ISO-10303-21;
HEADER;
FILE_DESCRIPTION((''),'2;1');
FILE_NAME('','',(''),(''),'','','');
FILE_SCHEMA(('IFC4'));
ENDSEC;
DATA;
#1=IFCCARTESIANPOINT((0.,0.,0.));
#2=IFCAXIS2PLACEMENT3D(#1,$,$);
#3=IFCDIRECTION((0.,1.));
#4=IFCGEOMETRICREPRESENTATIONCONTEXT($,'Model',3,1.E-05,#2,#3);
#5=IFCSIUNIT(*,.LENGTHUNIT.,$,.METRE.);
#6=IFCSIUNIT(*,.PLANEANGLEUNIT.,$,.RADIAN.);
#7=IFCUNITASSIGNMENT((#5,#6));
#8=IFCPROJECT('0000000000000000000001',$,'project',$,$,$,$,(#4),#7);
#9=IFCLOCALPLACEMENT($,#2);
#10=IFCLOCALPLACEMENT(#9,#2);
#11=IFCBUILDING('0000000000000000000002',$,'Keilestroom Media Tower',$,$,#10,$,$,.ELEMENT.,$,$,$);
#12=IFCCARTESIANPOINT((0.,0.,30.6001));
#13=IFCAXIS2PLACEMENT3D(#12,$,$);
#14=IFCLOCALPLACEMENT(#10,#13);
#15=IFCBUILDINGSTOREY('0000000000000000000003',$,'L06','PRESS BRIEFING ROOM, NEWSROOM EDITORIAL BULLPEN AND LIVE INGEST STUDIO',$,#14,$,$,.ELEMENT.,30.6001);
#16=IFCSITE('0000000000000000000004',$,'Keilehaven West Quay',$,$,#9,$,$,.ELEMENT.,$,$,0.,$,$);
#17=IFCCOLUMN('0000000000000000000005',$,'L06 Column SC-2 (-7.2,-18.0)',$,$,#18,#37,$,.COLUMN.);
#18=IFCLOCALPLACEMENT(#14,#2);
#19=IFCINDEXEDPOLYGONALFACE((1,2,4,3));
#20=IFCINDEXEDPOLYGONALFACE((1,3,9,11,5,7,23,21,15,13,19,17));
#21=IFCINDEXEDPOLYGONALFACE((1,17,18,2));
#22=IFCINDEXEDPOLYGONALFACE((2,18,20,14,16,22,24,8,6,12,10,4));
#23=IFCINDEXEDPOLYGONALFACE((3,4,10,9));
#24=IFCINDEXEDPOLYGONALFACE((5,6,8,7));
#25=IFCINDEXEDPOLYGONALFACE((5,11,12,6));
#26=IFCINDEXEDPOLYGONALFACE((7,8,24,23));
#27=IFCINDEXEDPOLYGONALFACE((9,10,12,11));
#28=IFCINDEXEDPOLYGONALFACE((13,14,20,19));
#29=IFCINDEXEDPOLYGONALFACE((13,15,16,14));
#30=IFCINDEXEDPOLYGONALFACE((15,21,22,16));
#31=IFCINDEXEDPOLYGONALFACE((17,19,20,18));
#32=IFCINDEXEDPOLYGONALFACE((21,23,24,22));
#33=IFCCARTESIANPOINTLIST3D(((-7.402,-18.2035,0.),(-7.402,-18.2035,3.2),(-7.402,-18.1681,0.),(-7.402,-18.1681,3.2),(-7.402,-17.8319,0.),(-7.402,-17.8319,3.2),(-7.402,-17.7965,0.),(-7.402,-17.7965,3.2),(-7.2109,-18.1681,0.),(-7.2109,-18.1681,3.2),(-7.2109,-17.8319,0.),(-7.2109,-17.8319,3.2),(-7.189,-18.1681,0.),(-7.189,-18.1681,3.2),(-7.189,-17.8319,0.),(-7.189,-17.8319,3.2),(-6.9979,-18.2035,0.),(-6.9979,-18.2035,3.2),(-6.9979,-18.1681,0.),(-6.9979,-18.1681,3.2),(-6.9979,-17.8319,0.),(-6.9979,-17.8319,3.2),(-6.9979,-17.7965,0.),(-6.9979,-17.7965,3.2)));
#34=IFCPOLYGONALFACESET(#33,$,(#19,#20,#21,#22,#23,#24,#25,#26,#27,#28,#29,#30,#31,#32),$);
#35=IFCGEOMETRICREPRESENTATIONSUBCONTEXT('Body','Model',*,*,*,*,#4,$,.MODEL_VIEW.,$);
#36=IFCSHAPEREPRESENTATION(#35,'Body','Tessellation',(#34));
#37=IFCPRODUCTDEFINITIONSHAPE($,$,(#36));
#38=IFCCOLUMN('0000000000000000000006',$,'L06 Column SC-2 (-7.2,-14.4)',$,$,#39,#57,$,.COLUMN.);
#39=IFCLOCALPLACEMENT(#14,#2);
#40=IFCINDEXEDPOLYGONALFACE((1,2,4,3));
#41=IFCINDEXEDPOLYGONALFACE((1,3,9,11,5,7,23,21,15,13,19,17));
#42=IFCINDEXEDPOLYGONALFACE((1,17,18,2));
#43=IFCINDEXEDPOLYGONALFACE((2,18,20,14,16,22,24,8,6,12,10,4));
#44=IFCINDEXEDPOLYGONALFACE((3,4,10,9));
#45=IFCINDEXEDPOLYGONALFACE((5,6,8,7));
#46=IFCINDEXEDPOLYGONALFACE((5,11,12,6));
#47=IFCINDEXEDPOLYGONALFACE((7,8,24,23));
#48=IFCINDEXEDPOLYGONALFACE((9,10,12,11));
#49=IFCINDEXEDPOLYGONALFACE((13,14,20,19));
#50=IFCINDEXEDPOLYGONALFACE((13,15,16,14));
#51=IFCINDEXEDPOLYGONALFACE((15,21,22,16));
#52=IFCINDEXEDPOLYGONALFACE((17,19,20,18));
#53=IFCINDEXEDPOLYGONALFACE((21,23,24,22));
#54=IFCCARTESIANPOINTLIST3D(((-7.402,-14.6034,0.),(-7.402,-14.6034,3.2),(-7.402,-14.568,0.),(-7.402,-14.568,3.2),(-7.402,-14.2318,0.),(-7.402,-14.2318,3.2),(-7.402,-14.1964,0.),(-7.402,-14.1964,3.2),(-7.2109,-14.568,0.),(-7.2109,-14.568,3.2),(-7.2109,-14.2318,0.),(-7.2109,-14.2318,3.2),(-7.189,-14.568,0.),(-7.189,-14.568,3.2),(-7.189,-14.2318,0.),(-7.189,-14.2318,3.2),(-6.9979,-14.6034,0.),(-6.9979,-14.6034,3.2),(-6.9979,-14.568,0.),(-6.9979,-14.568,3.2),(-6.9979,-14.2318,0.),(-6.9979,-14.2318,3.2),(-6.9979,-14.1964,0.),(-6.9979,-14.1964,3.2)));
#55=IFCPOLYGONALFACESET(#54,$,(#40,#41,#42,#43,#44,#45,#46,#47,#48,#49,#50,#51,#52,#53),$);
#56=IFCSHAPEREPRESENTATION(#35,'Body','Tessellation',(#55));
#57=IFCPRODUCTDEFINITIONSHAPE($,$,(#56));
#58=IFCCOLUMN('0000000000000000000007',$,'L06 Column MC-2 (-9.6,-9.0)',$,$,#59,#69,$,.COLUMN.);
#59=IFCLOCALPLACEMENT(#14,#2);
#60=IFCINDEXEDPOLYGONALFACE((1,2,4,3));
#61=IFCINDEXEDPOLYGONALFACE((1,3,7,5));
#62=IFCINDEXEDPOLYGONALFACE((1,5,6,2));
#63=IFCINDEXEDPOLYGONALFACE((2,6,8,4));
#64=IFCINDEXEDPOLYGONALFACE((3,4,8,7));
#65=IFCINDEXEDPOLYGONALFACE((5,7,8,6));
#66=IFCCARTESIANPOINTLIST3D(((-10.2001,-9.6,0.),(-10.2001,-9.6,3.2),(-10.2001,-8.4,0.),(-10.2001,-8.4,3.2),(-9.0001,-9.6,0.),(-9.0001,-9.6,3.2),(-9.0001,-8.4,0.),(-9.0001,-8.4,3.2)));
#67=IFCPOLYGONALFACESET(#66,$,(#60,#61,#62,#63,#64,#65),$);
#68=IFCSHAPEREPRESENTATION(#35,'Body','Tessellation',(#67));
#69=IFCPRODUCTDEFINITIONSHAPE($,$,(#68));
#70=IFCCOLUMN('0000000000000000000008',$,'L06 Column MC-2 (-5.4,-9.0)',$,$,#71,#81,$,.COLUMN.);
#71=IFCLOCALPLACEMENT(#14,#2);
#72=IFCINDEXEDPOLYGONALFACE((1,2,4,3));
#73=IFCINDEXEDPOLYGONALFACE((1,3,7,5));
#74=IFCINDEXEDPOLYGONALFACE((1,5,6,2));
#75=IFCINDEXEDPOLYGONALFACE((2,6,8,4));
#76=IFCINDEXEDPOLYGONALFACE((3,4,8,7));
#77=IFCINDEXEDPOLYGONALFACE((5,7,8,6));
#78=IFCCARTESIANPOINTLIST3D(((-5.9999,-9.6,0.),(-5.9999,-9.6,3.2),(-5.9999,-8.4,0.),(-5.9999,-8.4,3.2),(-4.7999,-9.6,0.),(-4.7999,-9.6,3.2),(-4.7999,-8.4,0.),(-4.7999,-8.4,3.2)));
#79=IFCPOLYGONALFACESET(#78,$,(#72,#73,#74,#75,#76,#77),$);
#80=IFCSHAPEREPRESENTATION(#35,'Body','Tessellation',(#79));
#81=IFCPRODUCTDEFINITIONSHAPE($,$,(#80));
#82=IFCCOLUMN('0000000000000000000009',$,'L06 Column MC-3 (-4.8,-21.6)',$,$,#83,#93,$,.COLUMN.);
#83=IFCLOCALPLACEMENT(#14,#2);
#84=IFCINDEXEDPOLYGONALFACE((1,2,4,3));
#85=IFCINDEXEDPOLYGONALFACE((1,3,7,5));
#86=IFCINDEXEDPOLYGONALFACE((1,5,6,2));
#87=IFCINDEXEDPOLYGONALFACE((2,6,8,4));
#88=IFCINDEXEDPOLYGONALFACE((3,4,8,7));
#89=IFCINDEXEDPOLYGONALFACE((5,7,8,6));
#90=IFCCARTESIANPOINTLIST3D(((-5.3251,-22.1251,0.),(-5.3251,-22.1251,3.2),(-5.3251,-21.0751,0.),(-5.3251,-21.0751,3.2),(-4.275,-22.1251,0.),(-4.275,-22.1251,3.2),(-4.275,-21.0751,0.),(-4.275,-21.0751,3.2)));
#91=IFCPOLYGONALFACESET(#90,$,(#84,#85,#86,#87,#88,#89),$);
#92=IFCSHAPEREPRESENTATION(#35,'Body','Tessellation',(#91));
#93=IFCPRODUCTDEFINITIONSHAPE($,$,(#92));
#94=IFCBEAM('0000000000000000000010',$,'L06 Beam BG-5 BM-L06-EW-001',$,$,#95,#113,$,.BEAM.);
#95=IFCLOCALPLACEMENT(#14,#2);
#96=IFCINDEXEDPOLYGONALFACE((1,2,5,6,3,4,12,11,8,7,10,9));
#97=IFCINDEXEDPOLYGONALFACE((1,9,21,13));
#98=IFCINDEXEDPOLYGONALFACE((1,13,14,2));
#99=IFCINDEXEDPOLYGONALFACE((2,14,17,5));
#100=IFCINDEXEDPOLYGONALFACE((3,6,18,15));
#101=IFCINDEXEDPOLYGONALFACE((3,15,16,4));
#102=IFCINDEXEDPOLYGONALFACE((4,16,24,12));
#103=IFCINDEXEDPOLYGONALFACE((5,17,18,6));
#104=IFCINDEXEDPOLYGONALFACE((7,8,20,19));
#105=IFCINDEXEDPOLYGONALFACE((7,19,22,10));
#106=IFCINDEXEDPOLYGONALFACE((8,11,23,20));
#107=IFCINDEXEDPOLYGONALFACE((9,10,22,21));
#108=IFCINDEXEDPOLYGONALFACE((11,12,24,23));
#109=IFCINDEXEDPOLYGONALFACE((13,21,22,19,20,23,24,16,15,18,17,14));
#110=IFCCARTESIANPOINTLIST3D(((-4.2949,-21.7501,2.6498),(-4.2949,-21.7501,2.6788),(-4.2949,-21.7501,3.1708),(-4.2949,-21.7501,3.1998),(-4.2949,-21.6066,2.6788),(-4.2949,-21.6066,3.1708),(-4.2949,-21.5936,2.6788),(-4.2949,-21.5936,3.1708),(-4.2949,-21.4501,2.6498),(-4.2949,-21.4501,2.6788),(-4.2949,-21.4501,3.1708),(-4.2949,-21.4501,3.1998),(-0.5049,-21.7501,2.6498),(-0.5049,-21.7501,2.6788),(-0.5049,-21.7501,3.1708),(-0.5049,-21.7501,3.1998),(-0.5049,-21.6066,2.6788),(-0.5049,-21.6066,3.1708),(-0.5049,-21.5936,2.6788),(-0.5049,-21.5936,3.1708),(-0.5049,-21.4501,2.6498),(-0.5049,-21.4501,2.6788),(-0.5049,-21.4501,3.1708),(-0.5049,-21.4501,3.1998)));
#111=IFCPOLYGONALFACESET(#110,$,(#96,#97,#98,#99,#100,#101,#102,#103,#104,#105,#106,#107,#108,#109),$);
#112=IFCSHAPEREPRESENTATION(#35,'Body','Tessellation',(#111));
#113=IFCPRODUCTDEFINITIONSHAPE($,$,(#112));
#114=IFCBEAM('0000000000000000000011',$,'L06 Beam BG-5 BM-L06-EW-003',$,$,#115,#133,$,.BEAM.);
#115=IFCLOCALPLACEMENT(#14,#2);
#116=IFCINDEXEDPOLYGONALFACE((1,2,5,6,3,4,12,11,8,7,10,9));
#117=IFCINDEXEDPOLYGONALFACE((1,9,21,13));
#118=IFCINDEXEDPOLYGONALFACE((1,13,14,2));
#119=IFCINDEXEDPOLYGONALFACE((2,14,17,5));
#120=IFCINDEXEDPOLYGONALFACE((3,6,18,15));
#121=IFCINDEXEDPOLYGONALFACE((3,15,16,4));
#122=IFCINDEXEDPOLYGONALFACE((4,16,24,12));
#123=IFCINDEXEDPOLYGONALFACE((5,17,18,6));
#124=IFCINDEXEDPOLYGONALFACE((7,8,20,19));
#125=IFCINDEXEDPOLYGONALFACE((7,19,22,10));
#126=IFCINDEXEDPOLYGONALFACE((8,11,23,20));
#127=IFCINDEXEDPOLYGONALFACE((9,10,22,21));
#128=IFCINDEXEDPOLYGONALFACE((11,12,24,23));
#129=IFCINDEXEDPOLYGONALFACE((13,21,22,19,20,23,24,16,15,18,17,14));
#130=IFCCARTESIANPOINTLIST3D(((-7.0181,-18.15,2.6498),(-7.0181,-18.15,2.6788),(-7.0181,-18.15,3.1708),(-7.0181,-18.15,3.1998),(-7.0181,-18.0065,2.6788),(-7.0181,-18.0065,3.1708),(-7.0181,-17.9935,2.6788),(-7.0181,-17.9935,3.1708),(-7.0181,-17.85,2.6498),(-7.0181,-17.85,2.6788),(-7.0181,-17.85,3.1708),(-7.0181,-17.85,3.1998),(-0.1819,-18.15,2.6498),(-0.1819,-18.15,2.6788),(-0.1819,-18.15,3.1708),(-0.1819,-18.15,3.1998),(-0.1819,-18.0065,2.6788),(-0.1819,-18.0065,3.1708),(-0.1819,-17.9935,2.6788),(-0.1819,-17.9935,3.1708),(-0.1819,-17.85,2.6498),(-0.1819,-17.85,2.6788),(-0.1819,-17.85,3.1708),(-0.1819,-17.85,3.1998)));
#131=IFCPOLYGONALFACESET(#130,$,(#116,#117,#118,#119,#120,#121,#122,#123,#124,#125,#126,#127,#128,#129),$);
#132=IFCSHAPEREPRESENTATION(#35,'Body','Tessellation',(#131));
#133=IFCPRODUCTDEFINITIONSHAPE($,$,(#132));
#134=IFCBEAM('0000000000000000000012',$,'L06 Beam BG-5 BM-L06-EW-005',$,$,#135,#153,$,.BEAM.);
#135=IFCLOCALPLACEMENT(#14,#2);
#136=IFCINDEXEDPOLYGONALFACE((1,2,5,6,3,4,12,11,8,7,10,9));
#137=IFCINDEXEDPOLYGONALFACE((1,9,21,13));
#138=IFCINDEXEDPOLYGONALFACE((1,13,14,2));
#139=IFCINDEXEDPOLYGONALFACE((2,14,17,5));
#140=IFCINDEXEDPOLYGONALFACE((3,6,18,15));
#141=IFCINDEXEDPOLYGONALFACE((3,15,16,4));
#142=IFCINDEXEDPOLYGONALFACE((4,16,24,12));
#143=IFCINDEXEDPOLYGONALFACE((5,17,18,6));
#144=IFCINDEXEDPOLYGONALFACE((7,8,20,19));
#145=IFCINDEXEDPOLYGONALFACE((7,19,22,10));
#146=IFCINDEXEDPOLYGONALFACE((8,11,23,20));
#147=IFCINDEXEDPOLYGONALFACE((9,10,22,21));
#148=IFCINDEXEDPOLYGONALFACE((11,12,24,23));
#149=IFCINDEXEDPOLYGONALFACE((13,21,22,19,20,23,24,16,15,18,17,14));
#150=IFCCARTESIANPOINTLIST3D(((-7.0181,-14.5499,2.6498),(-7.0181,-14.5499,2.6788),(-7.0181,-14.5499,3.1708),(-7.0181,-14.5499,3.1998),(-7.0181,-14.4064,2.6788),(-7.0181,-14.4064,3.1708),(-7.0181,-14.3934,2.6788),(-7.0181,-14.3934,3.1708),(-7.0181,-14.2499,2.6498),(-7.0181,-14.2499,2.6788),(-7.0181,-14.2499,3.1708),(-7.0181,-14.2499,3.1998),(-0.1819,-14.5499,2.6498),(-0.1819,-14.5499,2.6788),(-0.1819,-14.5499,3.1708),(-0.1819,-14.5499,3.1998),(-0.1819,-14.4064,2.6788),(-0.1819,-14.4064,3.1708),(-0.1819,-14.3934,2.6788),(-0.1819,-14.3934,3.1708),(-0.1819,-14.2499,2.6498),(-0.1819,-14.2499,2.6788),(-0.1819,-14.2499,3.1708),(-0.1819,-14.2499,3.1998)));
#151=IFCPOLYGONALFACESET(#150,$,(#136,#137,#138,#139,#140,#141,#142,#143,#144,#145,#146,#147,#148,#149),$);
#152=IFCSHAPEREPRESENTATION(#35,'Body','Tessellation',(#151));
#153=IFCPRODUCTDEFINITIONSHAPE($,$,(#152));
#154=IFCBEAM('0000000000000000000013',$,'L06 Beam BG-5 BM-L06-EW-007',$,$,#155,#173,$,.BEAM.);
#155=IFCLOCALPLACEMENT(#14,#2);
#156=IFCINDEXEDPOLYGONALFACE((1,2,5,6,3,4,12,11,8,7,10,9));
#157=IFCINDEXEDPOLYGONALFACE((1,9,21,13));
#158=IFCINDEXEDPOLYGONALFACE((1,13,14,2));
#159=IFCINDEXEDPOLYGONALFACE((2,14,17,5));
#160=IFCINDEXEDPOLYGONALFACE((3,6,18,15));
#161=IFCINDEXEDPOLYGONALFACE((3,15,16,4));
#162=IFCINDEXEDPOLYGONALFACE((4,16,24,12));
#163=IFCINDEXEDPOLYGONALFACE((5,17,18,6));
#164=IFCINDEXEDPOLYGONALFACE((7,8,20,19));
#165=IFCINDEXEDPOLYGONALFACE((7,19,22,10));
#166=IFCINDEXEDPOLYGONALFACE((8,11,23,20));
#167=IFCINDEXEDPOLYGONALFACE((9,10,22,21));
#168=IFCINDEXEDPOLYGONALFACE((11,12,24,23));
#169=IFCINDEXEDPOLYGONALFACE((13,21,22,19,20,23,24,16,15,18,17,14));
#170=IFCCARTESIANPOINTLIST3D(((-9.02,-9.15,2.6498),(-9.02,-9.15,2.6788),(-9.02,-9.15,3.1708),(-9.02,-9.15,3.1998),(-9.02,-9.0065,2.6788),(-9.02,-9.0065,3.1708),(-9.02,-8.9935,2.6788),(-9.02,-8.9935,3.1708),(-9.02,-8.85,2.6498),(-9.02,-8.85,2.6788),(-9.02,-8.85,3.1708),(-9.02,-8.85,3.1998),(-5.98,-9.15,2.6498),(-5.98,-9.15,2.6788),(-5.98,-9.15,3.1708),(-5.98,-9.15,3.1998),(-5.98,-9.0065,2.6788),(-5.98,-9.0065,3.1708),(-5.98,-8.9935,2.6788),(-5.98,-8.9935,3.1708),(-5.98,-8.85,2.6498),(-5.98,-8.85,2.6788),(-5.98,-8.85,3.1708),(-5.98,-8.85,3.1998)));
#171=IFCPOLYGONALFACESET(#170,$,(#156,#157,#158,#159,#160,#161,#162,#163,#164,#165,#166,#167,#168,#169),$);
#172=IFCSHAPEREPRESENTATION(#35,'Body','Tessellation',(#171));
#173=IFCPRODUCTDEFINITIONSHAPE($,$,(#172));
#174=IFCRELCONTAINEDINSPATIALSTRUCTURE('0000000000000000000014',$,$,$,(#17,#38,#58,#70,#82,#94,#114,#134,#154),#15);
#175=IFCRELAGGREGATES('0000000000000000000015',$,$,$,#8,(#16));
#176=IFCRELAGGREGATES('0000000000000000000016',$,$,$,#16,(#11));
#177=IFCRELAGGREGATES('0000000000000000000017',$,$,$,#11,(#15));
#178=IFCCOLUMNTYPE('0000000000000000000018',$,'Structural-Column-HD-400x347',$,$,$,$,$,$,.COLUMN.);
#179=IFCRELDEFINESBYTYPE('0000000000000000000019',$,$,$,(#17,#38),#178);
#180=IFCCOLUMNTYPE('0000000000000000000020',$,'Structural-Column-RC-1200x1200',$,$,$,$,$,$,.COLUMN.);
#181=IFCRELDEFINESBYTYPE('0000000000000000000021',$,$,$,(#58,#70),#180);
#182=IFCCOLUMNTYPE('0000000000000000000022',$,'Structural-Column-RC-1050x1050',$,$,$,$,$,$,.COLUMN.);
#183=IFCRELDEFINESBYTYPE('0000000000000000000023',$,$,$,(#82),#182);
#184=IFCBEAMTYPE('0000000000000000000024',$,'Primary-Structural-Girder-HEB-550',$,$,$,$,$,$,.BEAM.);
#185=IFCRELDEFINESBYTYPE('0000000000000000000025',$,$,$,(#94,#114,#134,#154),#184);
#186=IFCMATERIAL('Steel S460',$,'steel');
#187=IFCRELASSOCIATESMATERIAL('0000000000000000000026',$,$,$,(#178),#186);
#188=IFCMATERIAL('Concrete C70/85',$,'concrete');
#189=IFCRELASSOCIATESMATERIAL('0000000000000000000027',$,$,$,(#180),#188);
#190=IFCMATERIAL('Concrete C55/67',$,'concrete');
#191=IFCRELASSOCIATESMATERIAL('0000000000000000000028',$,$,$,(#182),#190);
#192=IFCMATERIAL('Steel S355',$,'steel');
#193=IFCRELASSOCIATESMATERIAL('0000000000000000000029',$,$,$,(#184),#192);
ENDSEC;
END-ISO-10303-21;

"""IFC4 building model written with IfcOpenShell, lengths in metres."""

from ifc_helpers import new_model, si_unit, direction, frame, origin, origin_2d, place, context, subcontext, project, spatial, rectangle, i_section, extrude, source, transform, mapped, material, material_profile, profile_set, type_object, element, save


model = new_model("IFC4")

# Units and contexts
model_context = context("Model", 3, precision=1e-05, world=origin(), true_north=direction((0.0, 1.0)))
body_context = subcontext(model_context, "Body", "Model", "MODEL_VIEW")
ifc_project = project(units=[si_unit("LENGTHUNIT", "METRE"), si_unit("PLANEANGLEUNIT", "RADIAN")], contexts=[model_context])

# Site, building, storey
site_placement = place(None, origin())
site = spatial("IfcSite", under=ifc_project, at=site_placement, Name="Keilehaven West Quay", CompositionType="ELEMENT", RefElevation=0.0)
building_placement = place(site_placement, origin())
building = spatial("IfcBuilding", under=site, at=building_placement, Name="Keilestroom Media Tower", CompositionType="ELEMENT")
storey_placement = place(building_placement, frame((0.0, 0.0, 30.6001)))
storey = spatial("IfcBuildingStorey", under=building, at=storey_placement, Name="L06", Description="PRESS BRIEFING ROOM, NEWSROOM EDITORIAL BULLPEN AND LIVE INGEST STUDIO", CompositionType="ELEMENT", Elevation=30.6001)

# Columns
ifc_material_1 = material(Name="Steel S460", Category="steel")
ifc_material_profile_1 = material_profile(ifc_material_1, i_section(OverallWidth=0.4041, OverallDepth=0.407, WebThickness=0.022, FlangeThickness=0.0354, at=origin_2d()), Name="HD 400x347")
ifc_profile_set_1 = profile_set([ifc_material_profile_1], Name="Steel S460")
column_type_1 = type_object("IfcColumnType", Name="Structural-Column-HD-400x347", PredefinedType="COLUMN", material=ifc_profile_set_1)
shared_shape_1 = source(origin(), body_context, "Body", "SweptSolid", [
    extrude(i_section(OverallWidth=0.4041, OverallDepth=0.407, WebThickness=0.022, FlangeThickness=0.0354, at=origin_2d()), origin(), (0.0, 0.0, 1.0), 3.2),
])
for number, where, z_axis, x_axis, name in (
    (1, (-7.2, -18.0, 0.0), (0.0, 0.0, 1.0), (1.0, 0.0, 0.0), "L06 Column SC-2 (-7.2,-18.0)"),
    (2, (-7.2, -14.3999, 0.0), (0.0, 0.0, 1.0), (1.0, 0.0, 0.0), "L06 Column SC-2 (-7.2,-14.4)"),
):
    element("IfcColumn", number, at=place(storey_placement, frame(where, z_axis=z_axis, x_axis=x_axis)), inside=storey, type_object=column_type_1, Name=name, PredefinedType="COLUMN", context=body_context, shape_type="MappedRepresentation", body=[
        mapped(shared_shape_1, transform((0.0, 0.0, 0.0), x_axis=(1.0, 0.0, 0.0), y_axis=(0.0, 1.0, 0.0), z_axis=(0.0, 0.0, 1.0), scale=1.0)),
    ])
ifc_material_2 = material(Name="Concrete C70/85", Category="concrete")
ifc_material_profile_2 = material_profile(ifc_material_2, rectangle(XDim=1.2, YDim=1.2, at=origin_2d()), Name="RC 1200x1200")
ifc_profile_set_2 = profile_set([ifc_material_profile_2], Name="Concrete C70/85")
column_type_2 = type_object("IfcColumnType", Name="Structural-Column-RC-1200x1200", PredefinedType="COLUMN", material=ifc_profile_set_2)
shared_shape_2 = source(origin(), body_context, "Body", "SweptSolid", [
    extrude(rectangle(XDim=1.2, YDim=1.2, at=origin_2d()), origin(), (0.0, 0.0, 1.0), 3.2),
])
for number, where, z_axis, x_axis, name in (
    (3, (-9.6001, -9.0, 0.0), (0.0, 0.0, 1.0), (1.0, 0.0, 0.0), "L06 Column MC-2 (-9.6,-9.0)"),
    (4, (-5.3999, -9.0, 0.0), (0.0, 0.0, 1.0), (1.0, 0.0, 0.0), "L06 Column MC-2 (-5.4,-9.0)"),
):
    element("IfcColumn", number, at=place(storey_placement, frame(where, z_axis=z_axis, x_axis=x_axis)), inside=storey, type_object=column_type_2, Name=name, PredefinedType="COLUMN", context=body_context, shape_type="MappedRepresentation", body=[
        mapped(shared_shape_2, transform((0.0, 0.0, 0.0), x_axis=(1.0, 0.0, 0.0), y_axis=(0.0, 1.0, 0.0), z_axis=(0.0, 0.0, 1.0), scale=1.0)),
    ])
ifc_material_3 = material(Name="Concrete C55/67", Category="concrete")
ifc_material_profile_3 = material_profile(ifc_material_3, rectangle(XDim=1.05, YDim=1.05, at=origin_2d()), Name="RC 1050x1050")
ifc_profile_set_3 = profile_set([ifc_material_profile_3], Name="Concrete C55/67")
column_type_3 = type_object("IfcColumnType", Name="Structural-Column-RC-1050x1050", PredefinedType="COLUMN", material=ifc_profile_set_3)
shared_shape_3 = source(origin(), body_context, "Body", "SweptSolid", [
    extrude(rectangle(XDim=1.05, YDim=1.05, at=origin_2d()), origin(), (0.0, 0.0, 1.0), 3.2),
])
column_placement = place(storey_placement, frame((-4.8, -21.6001, 0.0), z_axis=(0.0, 0.0, 1.0), x_axis=(1.0, 0.0, 0.0)))
element("IfcColumn", 5, at=column_placement, inside=storey, type_object=column_type_3, Name="L06 Column MC-3 (-4.8,-21.6)", PredefinedType="COLUMN", context=body_context, shape_type="MappedRepresentation", body=[
    mapped(shared_shape_3, transform((0.0, 0.0, 0.0), x_axis=(1.0, 0.0, 0.0), y_axis=(0.0, 1.0, 0.0), z_axis=(0.0, 0.0, 1.0), scale=1.0)),
])

# Beams
ifc_material_4 = material(Name="Steel S355", Category="steel")
ifc_material_profile_4 = material_profile(ifc_material_4, i_section(OverallWidth=0.3, OverallDepth=0.55, WebThickness=0.0129, FlangeThickness=0.0291, at=origin_2d()), Name="HEB 550")
ifc_profile_set_4 = profile_set([ifc_material_profile_4], Name="Steel S355")
beam_type_1 = type_object("IfcBeamType", Name="Primary-Structural-Girder-HEB-550", PredefinedType="BEAM", material=ifc_profile_set_4)
shared_shape_4 = source(origin(), body_context, "Body", "SweptSolid", [
    extrude(i_section(OverallWidth=0.3, OverallDepth=0.55, WebThickness=0.0129, FlangeThickness=0.0291, at=origin_2d()), origin(), (0.0, 0.0, 1.0), 3.79),
])
beam_1_placement = place(storey_placement, frame((-4.2949, -21.6001, 2.9248), z_axis=(1.0, 0.0, 0.0), x_axis=(0.0, 1.0, 0.0)))
element("IfcBeam", 6, at=beam_1_placement, inside=storey, type_object=beam_type_1, Name="L06 Beam BG-5 BM-L06-EW-001", PredefinedType="BEAM", context=body_context, shape_type="MappedRepresentation", body=[
    mapped(shared_shape_4, transform((0.0, 0.0, 0.0), x_axis=(1.0, 0.0, 0.0), y_axis=(0.0, 1.0, 0.0), z_axis=(0.0, 0.0, 1.0), scale=1.0)),
])
shared_shape_5 = source(origin(), body_context, "Body", "SweptSolid", [
    extrude(i_section(OverallWidth=0.3, OverallDepth=0.55, WebThickness=0.0129, FlangeThickness=0.0291, at=origin_2d()), origin(), (0.0, 0.0, 1.0), 6.8362),
])
for number, where, z_axis, x_axis, name in (
    (7, (-7.0181, -18.0, 2.9248), (1.0, 0.0, 0.0), (0.0, 1.0, 0.0), "L06 Beam BG-5 BM-L06-EW-003"),
    (8, (-7.0181, -14.3999, 2.9248), (1.0, 0.0, 0.0), (0.0, 1.0, 0.0), "L06 Beam BG-5 BM-L06-EW-005"),
):
    element("IfcBeam", number, at=place(storey_placement, frame(where, z_axis=z_axis, x_axis=x_axis)), inside=storey, type_object=beam_type_1, Name=name, PredefinedType="BEAM", context=body_context, shape_type="MappedRepresentation", body=[
        mapped(shared_shape_5, transform((0.0, 0.0, 0.0), x_axis=(1.0, 0.0, 0.0), y_axis=(0.0, 1.0, 0.0), z_axis=(0.0, 0.0, 1.0), scale=1.0)),
    ])
shared_shape_6 = source(origin(), body_context, "Body", "SweptSolid", [
    extrude(i_section(OverallWidth=0.3, OverallDepth=0.55, WebThickness=0.0129, FlangeThickness=0.0291, at=origin_2d()), origin(), (0.0, 0.0, 1.0), 3.04),
])
beam_2_placement = place(storey_placement, frame((-9.02, -9.0, 2.9248), z_axis=(1.0, 0.0, 0.0), x_axis=(0.0, 1.0, 0.0)))
element("IfcBeam", 9, at=beam_2_placement, inside=storey, type_object=beam_type_1, Name="L06 Beam BG-5 BM-L06-EW-007", PredefinedType="BEAM", context=body_context, shape_type="MappedRepresentation", body=[
    mapped(shared_shape_6, transform((0.0, 0.0, 0.0), x_axis=(1.0, 0.0, 0.0), y_axis=(0.0, 1.0, 0.0), z_axis=(0.0, 0.0, 1.0), scale=1.0)),
])

save(model, "model.ifc")
